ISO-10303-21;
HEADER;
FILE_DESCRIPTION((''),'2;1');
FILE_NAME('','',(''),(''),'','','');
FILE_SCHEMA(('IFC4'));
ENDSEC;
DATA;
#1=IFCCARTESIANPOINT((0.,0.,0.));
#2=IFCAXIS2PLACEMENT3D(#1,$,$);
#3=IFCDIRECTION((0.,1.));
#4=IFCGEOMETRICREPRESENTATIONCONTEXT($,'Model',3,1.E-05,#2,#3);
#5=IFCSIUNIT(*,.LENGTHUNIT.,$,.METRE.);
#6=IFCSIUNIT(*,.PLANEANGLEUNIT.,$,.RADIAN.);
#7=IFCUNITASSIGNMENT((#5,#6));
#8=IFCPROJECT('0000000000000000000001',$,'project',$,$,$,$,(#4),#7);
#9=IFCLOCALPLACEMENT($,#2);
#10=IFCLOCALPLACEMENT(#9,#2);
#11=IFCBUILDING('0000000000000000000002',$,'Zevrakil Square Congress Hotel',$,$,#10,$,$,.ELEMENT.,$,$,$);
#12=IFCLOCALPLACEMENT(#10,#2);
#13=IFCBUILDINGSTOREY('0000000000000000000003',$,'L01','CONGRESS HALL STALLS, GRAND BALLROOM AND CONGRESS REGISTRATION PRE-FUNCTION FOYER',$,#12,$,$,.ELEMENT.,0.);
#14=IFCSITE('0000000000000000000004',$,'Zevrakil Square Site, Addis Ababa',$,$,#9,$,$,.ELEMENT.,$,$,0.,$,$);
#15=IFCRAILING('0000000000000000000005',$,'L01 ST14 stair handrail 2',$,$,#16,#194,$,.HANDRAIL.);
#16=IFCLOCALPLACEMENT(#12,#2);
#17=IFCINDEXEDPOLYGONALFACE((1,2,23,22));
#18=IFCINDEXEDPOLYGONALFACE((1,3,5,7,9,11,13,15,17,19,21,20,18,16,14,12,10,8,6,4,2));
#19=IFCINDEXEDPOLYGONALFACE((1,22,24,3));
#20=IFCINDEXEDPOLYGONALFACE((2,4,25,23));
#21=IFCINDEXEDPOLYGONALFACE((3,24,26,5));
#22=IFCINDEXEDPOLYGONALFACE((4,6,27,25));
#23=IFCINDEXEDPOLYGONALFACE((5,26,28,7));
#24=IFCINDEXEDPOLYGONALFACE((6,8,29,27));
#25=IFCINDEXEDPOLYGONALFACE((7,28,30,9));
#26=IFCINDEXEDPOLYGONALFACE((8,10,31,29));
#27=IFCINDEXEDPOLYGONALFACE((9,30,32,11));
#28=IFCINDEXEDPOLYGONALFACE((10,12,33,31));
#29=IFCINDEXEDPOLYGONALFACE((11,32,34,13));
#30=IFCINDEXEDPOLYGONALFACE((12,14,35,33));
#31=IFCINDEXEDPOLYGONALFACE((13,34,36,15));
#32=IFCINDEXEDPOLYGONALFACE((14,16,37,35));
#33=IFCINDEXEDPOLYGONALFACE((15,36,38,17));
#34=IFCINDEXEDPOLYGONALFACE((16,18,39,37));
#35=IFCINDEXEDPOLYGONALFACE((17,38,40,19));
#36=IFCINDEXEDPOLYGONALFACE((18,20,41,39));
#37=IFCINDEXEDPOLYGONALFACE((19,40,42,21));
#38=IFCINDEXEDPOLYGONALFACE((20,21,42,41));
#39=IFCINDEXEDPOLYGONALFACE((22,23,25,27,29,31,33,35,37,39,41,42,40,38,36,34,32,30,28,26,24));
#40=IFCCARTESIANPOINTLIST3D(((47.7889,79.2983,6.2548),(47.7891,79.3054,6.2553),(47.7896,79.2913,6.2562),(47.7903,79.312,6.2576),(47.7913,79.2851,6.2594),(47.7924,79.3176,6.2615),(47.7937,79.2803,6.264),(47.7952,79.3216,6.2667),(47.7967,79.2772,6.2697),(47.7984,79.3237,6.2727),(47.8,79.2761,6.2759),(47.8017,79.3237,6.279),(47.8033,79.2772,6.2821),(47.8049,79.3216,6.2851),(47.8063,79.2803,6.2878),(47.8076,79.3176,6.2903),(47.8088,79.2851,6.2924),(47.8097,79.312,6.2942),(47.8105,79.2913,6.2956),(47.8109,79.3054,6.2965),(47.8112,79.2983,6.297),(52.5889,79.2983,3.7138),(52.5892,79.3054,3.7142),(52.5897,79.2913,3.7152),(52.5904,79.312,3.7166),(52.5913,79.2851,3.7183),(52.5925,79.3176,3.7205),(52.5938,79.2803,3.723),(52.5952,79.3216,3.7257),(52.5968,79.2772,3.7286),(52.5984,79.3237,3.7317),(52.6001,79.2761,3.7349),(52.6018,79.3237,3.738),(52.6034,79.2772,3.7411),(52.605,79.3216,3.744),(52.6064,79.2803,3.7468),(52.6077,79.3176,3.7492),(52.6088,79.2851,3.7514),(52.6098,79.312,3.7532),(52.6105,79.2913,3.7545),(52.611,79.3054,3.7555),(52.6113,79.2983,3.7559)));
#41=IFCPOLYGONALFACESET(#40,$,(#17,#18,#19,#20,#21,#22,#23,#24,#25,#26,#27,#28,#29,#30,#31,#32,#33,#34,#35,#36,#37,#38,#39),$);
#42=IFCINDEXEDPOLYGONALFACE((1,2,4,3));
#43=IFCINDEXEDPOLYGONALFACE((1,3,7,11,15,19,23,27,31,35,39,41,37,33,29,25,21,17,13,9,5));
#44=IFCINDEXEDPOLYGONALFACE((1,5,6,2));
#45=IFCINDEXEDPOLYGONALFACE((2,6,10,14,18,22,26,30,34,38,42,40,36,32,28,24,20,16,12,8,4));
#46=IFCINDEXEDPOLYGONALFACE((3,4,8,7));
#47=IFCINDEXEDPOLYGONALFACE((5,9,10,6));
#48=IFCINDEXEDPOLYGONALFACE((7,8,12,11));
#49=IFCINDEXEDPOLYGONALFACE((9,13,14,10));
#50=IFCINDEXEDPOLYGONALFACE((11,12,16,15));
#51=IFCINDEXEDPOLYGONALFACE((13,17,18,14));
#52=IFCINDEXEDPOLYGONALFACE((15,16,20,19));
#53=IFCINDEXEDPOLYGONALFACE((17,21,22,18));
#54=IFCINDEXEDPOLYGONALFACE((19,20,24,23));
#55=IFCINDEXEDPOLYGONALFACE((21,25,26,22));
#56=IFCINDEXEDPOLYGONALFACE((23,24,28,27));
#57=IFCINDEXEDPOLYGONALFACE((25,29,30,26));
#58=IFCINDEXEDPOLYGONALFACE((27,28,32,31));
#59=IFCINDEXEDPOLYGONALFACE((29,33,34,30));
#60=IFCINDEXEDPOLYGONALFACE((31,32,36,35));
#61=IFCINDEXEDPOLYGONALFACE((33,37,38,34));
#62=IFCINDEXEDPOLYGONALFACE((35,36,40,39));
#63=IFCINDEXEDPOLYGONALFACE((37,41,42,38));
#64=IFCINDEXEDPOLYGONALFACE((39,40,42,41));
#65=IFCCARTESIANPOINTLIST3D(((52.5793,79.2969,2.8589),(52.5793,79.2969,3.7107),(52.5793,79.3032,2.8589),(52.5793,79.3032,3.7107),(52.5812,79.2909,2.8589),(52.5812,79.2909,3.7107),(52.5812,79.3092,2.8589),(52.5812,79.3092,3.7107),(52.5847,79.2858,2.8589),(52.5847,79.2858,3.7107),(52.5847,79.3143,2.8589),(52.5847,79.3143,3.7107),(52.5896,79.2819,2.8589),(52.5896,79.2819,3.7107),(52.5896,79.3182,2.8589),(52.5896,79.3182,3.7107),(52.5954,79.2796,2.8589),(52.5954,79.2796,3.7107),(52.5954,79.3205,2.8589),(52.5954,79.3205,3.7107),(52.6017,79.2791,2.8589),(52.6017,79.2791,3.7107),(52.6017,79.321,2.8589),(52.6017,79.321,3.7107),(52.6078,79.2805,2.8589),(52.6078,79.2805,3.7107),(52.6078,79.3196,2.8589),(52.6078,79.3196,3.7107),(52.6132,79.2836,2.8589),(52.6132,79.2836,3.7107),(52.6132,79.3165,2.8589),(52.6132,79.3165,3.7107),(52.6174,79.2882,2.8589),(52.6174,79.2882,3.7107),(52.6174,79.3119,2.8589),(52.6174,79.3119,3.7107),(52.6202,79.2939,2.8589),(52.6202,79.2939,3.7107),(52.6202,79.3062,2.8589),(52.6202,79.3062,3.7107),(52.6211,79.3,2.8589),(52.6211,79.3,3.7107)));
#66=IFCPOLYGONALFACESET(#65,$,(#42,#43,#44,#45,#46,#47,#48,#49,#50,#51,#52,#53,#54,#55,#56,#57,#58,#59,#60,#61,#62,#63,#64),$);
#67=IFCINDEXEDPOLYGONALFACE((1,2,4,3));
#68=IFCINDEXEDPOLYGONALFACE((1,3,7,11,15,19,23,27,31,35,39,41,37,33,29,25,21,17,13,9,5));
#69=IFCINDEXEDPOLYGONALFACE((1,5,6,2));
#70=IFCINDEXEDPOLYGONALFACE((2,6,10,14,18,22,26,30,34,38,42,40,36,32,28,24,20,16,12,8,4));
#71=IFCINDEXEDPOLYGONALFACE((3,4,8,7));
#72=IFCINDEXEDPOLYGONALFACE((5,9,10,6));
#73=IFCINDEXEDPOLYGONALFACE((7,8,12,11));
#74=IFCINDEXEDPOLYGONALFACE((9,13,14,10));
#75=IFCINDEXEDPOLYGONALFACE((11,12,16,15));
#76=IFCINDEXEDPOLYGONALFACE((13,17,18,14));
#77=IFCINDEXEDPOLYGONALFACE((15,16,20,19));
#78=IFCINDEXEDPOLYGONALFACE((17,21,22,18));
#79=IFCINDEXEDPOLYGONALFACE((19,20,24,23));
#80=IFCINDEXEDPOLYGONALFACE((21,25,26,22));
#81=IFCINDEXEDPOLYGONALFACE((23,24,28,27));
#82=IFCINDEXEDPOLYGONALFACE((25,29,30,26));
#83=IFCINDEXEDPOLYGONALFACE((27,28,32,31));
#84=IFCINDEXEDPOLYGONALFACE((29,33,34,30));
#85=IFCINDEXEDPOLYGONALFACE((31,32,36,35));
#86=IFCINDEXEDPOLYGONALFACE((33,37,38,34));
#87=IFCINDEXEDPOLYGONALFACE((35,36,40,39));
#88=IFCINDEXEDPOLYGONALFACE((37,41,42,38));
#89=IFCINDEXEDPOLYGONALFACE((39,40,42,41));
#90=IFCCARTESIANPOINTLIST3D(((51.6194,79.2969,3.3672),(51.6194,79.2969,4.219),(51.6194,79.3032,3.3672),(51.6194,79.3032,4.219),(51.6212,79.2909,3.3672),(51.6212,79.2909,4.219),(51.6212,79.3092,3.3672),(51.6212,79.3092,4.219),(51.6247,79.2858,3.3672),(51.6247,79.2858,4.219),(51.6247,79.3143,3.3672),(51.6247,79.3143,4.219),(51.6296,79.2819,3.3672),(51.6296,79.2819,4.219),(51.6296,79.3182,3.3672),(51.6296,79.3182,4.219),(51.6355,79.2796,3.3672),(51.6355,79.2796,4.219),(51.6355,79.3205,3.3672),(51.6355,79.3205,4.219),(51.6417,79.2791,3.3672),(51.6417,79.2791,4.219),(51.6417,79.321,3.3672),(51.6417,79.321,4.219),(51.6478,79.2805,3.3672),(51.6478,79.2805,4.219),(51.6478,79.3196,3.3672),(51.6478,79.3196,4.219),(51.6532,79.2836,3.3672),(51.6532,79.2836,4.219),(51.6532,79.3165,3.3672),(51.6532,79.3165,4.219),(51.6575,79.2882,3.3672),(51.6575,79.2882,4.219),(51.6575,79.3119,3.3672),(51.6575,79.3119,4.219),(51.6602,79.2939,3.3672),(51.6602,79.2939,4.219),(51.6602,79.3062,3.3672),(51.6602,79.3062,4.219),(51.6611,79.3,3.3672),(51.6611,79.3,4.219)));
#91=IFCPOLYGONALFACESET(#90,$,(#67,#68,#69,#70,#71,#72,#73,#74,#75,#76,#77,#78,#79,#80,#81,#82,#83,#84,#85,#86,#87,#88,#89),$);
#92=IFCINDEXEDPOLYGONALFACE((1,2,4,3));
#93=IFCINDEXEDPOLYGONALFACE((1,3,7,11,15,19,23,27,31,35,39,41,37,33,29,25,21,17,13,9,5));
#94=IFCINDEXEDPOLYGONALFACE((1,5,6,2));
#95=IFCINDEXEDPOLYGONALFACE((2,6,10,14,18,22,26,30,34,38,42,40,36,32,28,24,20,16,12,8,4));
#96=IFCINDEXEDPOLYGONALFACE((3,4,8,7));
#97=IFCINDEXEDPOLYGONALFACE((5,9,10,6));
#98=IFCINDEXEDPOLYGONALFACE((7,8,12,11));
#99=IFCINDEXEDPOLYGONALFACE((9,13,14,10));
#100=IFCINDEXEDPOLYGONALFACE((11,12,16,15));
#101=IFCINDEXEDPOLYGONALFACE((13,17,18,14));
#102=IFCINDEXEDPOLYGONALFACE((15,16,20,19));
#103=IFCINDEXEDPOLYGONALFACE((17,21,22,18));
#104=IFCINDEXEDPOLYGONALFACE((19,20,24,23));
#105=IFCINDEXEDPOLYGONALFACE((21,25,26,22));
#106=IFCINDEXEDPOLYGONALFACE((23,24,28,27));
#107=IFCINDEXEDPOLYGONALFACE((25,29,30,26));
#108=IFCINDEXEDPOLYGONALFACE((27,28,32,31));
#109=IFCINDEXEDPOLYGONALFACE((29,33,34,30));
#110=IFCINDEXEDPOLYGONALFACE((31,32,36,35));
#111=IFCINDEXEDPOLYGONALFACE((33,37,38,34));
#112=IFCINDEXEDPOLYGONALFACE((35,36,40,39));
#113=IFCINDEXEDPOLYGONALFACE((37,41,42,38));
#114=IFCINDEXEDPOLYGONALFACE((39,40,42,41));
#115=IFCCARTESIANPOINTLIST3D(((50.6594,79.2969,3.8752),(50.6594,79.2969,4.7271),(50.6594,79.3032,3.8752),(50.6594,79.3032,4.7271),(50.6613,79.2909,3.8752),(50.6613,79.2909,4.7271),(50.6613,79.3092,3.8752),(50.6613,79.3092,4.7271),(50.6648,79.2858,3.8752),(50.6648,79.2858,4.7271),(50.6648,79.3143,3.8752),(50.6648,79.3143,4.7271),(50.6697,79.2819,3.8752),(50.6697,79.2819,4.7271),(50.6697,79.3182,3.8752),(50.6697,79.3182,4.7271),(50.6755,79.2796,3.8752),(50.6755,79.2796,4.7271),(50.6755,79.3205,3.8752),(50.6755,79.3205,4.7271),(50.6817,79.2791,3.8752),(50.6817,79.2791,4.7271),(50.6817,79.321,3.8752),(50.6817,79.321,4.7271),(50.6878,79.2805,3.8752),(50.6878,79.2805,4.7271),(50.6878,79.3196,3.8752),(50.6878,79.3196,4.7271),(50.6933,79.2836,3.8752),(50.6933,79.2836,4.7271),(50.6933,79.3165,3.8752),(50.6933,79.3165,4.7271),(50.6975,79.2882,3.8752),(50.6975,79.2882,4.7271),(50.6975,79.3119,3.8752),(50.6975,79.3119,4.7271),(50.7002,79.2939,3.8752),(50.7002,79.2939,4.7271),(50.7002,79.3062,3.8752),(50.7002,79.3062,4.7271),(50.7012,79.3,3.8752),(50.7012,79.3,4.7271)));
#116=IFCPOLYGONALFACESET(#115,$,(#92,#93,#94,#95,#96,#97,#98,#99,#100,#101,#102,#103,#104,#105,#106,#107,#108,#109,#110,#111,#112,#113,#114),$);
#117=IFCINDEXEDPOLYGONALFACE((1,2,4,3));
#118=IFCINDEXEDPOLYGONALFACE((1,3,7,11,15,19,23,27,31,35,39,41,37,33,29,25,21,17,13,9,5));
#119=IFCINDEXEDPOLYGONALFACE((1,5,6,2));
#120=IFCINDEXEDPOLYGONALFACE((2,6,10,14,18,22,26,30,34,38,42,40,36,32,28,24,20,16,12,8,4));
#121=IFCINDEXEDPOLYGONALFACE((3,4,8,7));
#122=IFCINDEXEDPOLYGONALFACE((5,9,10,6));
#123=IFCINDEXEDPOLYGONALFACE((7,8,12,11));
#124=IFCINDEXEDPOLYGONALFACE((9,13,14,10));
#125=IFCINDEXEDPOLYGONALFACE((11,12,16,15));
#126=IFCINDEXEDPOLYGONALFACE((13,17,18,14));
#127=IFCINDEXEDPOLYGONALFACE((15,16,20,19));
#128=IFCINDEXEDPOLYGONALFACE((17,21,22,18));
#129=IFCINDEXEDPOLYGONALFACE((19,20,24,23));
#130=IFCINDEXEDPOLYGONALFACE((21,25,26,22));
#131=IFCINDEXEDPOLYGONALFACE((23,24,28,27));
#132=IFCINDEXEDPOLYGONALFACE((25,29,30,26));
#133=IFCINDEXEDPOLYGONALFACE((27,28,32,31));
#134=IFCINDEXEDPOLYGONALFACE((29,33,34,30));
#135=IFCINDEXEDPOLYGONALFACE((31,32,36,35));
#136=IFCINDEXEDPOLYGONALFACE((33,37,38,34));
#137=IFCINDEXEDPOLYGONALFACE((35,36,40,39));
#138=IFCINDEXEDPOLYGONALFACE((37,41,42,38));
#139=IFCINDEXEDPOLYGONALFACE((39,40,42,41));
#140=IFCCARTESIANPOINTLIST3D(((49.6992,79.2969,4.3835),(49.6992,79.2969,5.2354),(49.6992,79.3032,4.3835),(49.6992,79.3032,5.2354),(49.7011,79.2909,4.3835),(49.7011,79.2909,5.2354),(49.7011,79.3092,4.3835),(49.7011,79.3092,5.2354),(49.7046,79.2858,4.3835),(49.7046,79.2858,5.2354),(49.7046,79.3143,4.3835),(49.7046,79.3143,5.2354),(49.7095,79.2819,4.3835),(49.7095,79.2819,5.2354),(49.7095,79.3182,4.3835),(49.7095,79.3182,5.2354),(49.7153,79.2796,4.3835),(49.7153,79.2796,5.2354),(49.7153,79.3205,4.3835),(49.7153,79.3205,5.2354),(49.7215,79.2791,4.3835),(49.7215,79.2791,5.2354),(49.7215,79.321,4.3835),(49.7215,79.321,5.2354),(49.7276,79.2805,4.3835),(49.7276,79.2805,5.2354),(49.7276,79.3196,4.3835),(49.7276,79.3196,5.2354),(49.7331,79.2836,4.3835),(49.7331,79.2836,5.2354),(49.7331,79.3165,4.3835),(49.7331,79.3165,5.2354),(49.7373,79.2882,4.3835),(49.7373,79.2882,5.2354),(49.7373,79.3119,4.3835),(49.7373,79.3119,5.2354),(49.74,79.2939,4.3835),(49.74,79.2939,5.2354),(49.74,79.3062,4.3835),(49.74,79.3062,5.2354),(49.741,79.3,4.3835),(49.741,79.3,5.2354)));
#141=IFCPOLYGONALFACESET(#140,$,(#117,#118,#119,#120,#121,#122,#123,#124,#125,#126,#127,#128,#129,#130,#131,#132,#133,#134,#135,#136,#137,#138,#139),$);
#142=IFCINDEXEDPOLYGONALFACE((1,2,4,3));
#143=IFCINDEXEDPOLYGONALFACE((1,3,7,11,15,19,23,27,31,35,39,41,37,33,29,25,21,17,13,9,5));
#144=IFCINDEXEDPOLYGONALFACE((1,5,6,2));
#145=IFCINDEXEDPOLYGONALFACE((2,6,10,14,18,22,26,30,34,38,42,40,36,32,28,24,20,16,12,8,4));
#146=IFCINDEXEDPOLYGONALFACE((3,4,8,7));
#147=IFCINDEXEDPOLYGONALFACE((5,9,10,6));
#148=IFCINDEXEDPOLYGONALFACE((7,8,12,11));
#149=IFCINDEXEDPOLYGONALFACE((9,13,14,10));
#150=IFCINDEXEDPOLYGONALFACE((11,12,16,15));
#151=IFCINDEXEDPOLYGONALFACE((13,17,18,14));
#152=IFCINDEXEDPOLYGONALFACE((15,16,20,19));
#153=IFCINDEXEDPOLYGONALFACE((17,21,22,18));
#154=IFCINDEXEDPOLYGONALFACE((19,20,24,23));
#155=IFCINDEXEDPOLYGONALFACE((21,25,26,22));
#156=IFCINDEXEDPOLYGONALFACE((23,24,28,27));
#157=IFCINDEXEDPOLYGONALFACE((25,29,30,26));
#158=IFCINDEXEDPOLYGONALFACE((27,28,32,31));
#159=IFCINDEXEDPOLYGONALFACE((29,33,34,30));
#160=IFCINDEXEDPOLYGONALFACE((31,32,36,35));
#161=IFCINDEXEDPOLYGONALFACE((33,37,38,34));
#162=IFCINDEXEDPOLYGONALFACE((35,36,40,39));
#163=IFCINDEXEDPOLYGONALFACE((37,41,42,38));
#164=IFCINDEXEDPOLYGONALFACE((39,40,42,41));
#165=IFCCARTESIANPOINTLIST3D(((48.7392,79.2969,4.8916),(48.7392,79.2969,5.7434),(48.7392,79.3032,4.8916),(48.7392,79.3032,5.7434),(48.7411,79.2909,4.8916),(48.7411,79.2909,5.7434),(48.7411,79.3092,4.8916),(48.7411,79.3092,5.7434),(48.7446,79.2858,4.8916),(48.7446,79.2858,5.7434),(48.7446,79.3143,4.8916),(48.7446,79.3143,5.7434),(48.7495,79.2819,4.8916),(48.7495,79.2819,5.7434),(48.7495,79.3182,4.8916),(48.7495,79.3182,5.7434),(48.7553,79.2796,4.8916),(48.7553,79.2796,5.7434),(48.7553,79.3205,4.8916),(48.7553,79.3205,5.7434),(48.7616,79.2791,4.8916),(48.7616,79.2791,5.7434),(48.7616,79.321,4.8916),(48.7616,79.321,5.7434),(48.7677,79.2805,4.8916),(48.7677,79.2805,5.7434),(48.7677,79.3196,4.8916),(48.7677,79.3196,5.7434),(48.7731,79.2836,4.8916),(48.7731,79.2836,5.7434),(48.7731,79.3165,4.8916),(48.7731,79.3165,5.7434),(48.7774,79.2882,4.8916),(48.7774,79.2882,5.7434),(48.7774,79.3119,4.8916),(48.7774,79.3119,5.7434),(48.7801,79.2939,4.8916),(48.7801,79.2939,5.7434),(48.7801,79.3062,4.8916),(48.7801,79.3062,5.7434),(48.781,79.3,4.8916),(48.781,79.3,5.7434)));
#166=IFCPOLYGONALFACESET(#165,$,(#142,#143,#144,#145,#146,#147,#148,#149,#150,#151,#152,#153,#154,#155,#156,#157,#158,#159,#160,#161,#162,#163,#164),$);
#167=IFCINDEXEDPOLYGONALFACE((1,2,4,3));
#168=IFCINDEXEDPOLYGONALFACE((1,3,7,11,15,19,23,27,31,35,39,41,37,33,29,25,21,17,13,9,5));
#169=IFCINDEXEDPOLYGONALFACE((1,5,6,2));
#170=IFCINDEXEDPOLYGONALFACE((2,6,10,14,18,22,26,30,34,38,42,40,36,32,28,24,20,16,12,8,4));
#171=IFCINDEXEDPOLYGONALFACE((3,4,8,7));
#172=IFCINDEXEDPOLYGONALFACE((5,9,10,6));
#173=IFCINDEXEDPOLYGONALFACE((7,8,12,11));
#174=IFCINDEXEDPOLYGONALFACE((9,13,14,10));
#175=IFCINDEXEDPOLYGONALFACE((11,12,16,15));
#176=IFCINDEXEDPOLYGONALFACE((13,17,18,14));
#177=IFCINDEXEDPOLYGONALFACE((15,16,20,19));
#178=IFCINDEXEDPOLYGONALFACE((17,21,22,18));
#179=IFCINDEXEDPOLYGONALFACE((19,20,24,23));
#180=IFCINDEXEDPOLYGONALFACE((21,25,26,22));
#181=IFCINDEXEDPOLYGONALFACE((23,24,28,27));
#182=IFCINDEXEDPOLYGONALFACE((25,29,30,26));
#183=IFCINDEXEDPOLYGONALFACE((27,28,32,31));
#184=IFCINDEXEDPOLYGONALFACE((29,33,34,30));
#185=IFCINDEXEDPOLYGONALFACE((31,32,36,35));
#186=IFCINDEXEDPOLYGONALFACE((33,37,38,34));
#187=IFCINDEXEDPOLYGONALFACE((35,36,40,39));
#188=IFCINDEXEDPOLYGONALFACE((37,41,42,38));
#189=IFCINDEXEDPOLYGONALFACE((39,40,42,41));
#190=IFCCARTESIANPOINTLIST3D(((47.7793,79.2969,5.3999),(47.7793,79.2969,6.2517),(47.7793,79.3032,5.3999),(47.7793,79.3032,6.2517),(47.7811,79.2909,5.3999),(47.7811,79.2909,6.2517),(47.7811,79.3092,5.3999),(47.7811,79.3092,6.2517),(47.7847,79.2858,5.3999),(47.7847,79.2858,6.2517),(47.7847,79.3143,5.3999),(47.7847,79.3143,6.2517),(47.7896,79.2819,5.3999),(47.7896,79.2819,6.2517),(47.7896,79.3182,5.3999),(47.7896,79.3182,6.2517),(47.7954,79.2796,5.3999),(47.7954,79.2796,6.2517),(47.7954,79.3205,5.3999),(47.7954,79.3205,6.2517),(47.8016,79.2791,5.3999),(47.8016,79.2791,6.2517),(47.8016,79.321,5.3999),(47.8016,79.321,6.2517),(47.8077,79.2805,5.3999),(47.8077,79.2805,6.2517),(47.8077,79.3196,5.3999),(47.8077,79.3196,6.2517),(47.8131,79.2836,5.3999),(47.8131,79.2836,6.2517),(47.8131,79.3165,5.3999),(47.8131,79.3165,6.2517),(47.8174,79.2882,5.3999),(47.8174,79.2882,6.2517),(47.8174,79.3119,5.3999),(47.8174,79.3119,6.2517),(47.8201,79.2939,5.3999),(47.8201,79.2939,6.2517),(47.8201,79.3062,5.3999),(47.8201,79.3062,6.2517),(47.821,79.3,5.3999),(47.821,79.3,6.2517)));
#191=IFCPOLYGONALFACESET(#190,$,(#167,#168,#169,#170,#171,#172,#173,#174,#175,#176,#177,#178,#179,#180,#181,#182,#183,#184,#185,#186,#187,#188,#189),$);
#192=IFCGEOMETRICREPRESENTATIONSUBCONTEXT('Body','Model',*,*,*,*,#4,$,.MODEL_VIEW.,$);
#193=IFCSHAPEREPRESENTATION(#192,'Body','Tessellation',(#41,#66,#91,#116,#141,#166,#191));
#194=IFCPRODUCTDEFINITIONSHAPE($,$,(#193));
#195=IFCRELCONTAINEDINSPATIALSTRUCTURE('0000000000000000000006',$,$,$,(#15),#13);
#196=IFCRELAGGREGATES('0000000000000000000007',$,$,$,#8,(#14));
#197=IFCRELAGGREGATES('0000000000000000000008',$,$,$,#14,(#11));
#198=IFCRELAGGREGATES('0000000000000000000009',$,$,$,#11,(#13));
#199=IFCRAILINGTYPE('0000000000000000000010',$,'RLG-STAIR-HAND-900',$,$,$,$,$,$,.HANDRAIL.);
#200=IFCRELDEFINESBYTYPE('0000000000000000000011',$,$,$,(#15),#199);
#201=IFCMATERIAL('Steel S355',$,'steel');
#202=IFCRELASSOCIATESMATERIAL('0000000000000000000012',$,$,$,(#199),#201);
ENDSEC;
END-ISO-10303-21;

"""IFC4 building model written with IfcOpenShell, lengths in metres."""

from ifc_helpers import new_model, si_unit, direction, frame, origin, origin_2d, place, context, subcontext, project, spatial, circle, extrude, material, type_object, element, save


model = new_model("IFC4")

# Units and contexts
model_context = context("Model", 3, precision=1e-05, world=origin(), true_north=direction((0.0, 1.0)))
body_context = subcontext(model_context, "Body", "Model", "MODEL_VIEW")
ifc_project = project(units=[si_unit("LENGTHUNIT", "METRE"), si_unit("PLANEANGLEUNIT", "RADIAN")], contexts=[model_context])

# Site, building, storey
site_placement = place(None, origin())
site = spatial("IfcSite", under=ifc_project, at=site_placement, Name="Zevrakil Square Site, Addis Ababa", CompositionType="ELEMENT", RefElevation=0.0)
building_placement = place(site_placement, origin())
building = spatial("IfcBuilding", under=site, at=building_placement, Name="Zevrakil Square Congress Hotel", CompositionType="ELEMENT")
storey_placement = place(building_placement, origin())
storey = spatial("IfcBuildingStorey", under=building, at=storey_placement, Name="L01", Description="CONGRESS HALL STALLS, GRAND BALLROOM AND CONGRESS REGISTRATION PRE-FUNCTION FOYER", CompositionType="ELEMENT", Elevation=0.0)

# Railing
ifc_material_1 = material(Name="Steel S355", Category="steel")
railing_type_1 = type_object("IfcRailingType", Name="RLG-STAIR-HAND-900", PredefinedType="HANDRAIL", material=ifc_material_1)
for number, where, name in (
    (1, (52.6001, 79.3, 2.8589), "L01 ST14 stair handrail 2"),
):
    element("IfcRailing", number, at=place(storey_placement, frame(where)), inside=storey, type_object=railing_type_1, Name=name, PredefinedType="HANDRAIL", context=body_context, shape_type="SweptSolid", body=[
        extrude(circle(Radius=0.0239, at=origin_2d()), frame((0.0, 0.0, 0.876), z_axis=(-0.883802, 0.0, 0.467861), x_axis=(0.0, -1.0, 0.0)), (0.0, 0.0, 1.0), 5.4312),
        extrude(circle(Radius=0.021, at=origin_2d()), origin(), (0.0, 0.0, 1.0), 0.8518),
        extrude(circle(Radius=0.021, at=origin_2d()), frame((-0.96, 0.0, 0.5083)), (0.0, 0.0, 1.0), 0.8518),
        extrude(circle(Radius=0.021, at=origin_2d()), frame((-1.9199, 0.0, 1.0164)), (0.0, 0.0, 1.0), 0.8518),
        extrude(circle(Radius=0.021, at=origin_2d()), frame((-2.8801, 0.0, 1.5247)), (0.0, 0.0, 1.0), 0.8518),
        extrude(circle(Radius=0.021, at=origin_2d()), frame((-3.8401, 0.0, 2.0327)), (0.0, 0.0, 1.0), 0.8518),
        extrude(circle(Radius=0.021, at=origin_2d()), frame((-4.8, 0.0, 2.541)), (0.0, 0.0, 1.0), 0.8518),
    ])

save(model, "model.ifc")
